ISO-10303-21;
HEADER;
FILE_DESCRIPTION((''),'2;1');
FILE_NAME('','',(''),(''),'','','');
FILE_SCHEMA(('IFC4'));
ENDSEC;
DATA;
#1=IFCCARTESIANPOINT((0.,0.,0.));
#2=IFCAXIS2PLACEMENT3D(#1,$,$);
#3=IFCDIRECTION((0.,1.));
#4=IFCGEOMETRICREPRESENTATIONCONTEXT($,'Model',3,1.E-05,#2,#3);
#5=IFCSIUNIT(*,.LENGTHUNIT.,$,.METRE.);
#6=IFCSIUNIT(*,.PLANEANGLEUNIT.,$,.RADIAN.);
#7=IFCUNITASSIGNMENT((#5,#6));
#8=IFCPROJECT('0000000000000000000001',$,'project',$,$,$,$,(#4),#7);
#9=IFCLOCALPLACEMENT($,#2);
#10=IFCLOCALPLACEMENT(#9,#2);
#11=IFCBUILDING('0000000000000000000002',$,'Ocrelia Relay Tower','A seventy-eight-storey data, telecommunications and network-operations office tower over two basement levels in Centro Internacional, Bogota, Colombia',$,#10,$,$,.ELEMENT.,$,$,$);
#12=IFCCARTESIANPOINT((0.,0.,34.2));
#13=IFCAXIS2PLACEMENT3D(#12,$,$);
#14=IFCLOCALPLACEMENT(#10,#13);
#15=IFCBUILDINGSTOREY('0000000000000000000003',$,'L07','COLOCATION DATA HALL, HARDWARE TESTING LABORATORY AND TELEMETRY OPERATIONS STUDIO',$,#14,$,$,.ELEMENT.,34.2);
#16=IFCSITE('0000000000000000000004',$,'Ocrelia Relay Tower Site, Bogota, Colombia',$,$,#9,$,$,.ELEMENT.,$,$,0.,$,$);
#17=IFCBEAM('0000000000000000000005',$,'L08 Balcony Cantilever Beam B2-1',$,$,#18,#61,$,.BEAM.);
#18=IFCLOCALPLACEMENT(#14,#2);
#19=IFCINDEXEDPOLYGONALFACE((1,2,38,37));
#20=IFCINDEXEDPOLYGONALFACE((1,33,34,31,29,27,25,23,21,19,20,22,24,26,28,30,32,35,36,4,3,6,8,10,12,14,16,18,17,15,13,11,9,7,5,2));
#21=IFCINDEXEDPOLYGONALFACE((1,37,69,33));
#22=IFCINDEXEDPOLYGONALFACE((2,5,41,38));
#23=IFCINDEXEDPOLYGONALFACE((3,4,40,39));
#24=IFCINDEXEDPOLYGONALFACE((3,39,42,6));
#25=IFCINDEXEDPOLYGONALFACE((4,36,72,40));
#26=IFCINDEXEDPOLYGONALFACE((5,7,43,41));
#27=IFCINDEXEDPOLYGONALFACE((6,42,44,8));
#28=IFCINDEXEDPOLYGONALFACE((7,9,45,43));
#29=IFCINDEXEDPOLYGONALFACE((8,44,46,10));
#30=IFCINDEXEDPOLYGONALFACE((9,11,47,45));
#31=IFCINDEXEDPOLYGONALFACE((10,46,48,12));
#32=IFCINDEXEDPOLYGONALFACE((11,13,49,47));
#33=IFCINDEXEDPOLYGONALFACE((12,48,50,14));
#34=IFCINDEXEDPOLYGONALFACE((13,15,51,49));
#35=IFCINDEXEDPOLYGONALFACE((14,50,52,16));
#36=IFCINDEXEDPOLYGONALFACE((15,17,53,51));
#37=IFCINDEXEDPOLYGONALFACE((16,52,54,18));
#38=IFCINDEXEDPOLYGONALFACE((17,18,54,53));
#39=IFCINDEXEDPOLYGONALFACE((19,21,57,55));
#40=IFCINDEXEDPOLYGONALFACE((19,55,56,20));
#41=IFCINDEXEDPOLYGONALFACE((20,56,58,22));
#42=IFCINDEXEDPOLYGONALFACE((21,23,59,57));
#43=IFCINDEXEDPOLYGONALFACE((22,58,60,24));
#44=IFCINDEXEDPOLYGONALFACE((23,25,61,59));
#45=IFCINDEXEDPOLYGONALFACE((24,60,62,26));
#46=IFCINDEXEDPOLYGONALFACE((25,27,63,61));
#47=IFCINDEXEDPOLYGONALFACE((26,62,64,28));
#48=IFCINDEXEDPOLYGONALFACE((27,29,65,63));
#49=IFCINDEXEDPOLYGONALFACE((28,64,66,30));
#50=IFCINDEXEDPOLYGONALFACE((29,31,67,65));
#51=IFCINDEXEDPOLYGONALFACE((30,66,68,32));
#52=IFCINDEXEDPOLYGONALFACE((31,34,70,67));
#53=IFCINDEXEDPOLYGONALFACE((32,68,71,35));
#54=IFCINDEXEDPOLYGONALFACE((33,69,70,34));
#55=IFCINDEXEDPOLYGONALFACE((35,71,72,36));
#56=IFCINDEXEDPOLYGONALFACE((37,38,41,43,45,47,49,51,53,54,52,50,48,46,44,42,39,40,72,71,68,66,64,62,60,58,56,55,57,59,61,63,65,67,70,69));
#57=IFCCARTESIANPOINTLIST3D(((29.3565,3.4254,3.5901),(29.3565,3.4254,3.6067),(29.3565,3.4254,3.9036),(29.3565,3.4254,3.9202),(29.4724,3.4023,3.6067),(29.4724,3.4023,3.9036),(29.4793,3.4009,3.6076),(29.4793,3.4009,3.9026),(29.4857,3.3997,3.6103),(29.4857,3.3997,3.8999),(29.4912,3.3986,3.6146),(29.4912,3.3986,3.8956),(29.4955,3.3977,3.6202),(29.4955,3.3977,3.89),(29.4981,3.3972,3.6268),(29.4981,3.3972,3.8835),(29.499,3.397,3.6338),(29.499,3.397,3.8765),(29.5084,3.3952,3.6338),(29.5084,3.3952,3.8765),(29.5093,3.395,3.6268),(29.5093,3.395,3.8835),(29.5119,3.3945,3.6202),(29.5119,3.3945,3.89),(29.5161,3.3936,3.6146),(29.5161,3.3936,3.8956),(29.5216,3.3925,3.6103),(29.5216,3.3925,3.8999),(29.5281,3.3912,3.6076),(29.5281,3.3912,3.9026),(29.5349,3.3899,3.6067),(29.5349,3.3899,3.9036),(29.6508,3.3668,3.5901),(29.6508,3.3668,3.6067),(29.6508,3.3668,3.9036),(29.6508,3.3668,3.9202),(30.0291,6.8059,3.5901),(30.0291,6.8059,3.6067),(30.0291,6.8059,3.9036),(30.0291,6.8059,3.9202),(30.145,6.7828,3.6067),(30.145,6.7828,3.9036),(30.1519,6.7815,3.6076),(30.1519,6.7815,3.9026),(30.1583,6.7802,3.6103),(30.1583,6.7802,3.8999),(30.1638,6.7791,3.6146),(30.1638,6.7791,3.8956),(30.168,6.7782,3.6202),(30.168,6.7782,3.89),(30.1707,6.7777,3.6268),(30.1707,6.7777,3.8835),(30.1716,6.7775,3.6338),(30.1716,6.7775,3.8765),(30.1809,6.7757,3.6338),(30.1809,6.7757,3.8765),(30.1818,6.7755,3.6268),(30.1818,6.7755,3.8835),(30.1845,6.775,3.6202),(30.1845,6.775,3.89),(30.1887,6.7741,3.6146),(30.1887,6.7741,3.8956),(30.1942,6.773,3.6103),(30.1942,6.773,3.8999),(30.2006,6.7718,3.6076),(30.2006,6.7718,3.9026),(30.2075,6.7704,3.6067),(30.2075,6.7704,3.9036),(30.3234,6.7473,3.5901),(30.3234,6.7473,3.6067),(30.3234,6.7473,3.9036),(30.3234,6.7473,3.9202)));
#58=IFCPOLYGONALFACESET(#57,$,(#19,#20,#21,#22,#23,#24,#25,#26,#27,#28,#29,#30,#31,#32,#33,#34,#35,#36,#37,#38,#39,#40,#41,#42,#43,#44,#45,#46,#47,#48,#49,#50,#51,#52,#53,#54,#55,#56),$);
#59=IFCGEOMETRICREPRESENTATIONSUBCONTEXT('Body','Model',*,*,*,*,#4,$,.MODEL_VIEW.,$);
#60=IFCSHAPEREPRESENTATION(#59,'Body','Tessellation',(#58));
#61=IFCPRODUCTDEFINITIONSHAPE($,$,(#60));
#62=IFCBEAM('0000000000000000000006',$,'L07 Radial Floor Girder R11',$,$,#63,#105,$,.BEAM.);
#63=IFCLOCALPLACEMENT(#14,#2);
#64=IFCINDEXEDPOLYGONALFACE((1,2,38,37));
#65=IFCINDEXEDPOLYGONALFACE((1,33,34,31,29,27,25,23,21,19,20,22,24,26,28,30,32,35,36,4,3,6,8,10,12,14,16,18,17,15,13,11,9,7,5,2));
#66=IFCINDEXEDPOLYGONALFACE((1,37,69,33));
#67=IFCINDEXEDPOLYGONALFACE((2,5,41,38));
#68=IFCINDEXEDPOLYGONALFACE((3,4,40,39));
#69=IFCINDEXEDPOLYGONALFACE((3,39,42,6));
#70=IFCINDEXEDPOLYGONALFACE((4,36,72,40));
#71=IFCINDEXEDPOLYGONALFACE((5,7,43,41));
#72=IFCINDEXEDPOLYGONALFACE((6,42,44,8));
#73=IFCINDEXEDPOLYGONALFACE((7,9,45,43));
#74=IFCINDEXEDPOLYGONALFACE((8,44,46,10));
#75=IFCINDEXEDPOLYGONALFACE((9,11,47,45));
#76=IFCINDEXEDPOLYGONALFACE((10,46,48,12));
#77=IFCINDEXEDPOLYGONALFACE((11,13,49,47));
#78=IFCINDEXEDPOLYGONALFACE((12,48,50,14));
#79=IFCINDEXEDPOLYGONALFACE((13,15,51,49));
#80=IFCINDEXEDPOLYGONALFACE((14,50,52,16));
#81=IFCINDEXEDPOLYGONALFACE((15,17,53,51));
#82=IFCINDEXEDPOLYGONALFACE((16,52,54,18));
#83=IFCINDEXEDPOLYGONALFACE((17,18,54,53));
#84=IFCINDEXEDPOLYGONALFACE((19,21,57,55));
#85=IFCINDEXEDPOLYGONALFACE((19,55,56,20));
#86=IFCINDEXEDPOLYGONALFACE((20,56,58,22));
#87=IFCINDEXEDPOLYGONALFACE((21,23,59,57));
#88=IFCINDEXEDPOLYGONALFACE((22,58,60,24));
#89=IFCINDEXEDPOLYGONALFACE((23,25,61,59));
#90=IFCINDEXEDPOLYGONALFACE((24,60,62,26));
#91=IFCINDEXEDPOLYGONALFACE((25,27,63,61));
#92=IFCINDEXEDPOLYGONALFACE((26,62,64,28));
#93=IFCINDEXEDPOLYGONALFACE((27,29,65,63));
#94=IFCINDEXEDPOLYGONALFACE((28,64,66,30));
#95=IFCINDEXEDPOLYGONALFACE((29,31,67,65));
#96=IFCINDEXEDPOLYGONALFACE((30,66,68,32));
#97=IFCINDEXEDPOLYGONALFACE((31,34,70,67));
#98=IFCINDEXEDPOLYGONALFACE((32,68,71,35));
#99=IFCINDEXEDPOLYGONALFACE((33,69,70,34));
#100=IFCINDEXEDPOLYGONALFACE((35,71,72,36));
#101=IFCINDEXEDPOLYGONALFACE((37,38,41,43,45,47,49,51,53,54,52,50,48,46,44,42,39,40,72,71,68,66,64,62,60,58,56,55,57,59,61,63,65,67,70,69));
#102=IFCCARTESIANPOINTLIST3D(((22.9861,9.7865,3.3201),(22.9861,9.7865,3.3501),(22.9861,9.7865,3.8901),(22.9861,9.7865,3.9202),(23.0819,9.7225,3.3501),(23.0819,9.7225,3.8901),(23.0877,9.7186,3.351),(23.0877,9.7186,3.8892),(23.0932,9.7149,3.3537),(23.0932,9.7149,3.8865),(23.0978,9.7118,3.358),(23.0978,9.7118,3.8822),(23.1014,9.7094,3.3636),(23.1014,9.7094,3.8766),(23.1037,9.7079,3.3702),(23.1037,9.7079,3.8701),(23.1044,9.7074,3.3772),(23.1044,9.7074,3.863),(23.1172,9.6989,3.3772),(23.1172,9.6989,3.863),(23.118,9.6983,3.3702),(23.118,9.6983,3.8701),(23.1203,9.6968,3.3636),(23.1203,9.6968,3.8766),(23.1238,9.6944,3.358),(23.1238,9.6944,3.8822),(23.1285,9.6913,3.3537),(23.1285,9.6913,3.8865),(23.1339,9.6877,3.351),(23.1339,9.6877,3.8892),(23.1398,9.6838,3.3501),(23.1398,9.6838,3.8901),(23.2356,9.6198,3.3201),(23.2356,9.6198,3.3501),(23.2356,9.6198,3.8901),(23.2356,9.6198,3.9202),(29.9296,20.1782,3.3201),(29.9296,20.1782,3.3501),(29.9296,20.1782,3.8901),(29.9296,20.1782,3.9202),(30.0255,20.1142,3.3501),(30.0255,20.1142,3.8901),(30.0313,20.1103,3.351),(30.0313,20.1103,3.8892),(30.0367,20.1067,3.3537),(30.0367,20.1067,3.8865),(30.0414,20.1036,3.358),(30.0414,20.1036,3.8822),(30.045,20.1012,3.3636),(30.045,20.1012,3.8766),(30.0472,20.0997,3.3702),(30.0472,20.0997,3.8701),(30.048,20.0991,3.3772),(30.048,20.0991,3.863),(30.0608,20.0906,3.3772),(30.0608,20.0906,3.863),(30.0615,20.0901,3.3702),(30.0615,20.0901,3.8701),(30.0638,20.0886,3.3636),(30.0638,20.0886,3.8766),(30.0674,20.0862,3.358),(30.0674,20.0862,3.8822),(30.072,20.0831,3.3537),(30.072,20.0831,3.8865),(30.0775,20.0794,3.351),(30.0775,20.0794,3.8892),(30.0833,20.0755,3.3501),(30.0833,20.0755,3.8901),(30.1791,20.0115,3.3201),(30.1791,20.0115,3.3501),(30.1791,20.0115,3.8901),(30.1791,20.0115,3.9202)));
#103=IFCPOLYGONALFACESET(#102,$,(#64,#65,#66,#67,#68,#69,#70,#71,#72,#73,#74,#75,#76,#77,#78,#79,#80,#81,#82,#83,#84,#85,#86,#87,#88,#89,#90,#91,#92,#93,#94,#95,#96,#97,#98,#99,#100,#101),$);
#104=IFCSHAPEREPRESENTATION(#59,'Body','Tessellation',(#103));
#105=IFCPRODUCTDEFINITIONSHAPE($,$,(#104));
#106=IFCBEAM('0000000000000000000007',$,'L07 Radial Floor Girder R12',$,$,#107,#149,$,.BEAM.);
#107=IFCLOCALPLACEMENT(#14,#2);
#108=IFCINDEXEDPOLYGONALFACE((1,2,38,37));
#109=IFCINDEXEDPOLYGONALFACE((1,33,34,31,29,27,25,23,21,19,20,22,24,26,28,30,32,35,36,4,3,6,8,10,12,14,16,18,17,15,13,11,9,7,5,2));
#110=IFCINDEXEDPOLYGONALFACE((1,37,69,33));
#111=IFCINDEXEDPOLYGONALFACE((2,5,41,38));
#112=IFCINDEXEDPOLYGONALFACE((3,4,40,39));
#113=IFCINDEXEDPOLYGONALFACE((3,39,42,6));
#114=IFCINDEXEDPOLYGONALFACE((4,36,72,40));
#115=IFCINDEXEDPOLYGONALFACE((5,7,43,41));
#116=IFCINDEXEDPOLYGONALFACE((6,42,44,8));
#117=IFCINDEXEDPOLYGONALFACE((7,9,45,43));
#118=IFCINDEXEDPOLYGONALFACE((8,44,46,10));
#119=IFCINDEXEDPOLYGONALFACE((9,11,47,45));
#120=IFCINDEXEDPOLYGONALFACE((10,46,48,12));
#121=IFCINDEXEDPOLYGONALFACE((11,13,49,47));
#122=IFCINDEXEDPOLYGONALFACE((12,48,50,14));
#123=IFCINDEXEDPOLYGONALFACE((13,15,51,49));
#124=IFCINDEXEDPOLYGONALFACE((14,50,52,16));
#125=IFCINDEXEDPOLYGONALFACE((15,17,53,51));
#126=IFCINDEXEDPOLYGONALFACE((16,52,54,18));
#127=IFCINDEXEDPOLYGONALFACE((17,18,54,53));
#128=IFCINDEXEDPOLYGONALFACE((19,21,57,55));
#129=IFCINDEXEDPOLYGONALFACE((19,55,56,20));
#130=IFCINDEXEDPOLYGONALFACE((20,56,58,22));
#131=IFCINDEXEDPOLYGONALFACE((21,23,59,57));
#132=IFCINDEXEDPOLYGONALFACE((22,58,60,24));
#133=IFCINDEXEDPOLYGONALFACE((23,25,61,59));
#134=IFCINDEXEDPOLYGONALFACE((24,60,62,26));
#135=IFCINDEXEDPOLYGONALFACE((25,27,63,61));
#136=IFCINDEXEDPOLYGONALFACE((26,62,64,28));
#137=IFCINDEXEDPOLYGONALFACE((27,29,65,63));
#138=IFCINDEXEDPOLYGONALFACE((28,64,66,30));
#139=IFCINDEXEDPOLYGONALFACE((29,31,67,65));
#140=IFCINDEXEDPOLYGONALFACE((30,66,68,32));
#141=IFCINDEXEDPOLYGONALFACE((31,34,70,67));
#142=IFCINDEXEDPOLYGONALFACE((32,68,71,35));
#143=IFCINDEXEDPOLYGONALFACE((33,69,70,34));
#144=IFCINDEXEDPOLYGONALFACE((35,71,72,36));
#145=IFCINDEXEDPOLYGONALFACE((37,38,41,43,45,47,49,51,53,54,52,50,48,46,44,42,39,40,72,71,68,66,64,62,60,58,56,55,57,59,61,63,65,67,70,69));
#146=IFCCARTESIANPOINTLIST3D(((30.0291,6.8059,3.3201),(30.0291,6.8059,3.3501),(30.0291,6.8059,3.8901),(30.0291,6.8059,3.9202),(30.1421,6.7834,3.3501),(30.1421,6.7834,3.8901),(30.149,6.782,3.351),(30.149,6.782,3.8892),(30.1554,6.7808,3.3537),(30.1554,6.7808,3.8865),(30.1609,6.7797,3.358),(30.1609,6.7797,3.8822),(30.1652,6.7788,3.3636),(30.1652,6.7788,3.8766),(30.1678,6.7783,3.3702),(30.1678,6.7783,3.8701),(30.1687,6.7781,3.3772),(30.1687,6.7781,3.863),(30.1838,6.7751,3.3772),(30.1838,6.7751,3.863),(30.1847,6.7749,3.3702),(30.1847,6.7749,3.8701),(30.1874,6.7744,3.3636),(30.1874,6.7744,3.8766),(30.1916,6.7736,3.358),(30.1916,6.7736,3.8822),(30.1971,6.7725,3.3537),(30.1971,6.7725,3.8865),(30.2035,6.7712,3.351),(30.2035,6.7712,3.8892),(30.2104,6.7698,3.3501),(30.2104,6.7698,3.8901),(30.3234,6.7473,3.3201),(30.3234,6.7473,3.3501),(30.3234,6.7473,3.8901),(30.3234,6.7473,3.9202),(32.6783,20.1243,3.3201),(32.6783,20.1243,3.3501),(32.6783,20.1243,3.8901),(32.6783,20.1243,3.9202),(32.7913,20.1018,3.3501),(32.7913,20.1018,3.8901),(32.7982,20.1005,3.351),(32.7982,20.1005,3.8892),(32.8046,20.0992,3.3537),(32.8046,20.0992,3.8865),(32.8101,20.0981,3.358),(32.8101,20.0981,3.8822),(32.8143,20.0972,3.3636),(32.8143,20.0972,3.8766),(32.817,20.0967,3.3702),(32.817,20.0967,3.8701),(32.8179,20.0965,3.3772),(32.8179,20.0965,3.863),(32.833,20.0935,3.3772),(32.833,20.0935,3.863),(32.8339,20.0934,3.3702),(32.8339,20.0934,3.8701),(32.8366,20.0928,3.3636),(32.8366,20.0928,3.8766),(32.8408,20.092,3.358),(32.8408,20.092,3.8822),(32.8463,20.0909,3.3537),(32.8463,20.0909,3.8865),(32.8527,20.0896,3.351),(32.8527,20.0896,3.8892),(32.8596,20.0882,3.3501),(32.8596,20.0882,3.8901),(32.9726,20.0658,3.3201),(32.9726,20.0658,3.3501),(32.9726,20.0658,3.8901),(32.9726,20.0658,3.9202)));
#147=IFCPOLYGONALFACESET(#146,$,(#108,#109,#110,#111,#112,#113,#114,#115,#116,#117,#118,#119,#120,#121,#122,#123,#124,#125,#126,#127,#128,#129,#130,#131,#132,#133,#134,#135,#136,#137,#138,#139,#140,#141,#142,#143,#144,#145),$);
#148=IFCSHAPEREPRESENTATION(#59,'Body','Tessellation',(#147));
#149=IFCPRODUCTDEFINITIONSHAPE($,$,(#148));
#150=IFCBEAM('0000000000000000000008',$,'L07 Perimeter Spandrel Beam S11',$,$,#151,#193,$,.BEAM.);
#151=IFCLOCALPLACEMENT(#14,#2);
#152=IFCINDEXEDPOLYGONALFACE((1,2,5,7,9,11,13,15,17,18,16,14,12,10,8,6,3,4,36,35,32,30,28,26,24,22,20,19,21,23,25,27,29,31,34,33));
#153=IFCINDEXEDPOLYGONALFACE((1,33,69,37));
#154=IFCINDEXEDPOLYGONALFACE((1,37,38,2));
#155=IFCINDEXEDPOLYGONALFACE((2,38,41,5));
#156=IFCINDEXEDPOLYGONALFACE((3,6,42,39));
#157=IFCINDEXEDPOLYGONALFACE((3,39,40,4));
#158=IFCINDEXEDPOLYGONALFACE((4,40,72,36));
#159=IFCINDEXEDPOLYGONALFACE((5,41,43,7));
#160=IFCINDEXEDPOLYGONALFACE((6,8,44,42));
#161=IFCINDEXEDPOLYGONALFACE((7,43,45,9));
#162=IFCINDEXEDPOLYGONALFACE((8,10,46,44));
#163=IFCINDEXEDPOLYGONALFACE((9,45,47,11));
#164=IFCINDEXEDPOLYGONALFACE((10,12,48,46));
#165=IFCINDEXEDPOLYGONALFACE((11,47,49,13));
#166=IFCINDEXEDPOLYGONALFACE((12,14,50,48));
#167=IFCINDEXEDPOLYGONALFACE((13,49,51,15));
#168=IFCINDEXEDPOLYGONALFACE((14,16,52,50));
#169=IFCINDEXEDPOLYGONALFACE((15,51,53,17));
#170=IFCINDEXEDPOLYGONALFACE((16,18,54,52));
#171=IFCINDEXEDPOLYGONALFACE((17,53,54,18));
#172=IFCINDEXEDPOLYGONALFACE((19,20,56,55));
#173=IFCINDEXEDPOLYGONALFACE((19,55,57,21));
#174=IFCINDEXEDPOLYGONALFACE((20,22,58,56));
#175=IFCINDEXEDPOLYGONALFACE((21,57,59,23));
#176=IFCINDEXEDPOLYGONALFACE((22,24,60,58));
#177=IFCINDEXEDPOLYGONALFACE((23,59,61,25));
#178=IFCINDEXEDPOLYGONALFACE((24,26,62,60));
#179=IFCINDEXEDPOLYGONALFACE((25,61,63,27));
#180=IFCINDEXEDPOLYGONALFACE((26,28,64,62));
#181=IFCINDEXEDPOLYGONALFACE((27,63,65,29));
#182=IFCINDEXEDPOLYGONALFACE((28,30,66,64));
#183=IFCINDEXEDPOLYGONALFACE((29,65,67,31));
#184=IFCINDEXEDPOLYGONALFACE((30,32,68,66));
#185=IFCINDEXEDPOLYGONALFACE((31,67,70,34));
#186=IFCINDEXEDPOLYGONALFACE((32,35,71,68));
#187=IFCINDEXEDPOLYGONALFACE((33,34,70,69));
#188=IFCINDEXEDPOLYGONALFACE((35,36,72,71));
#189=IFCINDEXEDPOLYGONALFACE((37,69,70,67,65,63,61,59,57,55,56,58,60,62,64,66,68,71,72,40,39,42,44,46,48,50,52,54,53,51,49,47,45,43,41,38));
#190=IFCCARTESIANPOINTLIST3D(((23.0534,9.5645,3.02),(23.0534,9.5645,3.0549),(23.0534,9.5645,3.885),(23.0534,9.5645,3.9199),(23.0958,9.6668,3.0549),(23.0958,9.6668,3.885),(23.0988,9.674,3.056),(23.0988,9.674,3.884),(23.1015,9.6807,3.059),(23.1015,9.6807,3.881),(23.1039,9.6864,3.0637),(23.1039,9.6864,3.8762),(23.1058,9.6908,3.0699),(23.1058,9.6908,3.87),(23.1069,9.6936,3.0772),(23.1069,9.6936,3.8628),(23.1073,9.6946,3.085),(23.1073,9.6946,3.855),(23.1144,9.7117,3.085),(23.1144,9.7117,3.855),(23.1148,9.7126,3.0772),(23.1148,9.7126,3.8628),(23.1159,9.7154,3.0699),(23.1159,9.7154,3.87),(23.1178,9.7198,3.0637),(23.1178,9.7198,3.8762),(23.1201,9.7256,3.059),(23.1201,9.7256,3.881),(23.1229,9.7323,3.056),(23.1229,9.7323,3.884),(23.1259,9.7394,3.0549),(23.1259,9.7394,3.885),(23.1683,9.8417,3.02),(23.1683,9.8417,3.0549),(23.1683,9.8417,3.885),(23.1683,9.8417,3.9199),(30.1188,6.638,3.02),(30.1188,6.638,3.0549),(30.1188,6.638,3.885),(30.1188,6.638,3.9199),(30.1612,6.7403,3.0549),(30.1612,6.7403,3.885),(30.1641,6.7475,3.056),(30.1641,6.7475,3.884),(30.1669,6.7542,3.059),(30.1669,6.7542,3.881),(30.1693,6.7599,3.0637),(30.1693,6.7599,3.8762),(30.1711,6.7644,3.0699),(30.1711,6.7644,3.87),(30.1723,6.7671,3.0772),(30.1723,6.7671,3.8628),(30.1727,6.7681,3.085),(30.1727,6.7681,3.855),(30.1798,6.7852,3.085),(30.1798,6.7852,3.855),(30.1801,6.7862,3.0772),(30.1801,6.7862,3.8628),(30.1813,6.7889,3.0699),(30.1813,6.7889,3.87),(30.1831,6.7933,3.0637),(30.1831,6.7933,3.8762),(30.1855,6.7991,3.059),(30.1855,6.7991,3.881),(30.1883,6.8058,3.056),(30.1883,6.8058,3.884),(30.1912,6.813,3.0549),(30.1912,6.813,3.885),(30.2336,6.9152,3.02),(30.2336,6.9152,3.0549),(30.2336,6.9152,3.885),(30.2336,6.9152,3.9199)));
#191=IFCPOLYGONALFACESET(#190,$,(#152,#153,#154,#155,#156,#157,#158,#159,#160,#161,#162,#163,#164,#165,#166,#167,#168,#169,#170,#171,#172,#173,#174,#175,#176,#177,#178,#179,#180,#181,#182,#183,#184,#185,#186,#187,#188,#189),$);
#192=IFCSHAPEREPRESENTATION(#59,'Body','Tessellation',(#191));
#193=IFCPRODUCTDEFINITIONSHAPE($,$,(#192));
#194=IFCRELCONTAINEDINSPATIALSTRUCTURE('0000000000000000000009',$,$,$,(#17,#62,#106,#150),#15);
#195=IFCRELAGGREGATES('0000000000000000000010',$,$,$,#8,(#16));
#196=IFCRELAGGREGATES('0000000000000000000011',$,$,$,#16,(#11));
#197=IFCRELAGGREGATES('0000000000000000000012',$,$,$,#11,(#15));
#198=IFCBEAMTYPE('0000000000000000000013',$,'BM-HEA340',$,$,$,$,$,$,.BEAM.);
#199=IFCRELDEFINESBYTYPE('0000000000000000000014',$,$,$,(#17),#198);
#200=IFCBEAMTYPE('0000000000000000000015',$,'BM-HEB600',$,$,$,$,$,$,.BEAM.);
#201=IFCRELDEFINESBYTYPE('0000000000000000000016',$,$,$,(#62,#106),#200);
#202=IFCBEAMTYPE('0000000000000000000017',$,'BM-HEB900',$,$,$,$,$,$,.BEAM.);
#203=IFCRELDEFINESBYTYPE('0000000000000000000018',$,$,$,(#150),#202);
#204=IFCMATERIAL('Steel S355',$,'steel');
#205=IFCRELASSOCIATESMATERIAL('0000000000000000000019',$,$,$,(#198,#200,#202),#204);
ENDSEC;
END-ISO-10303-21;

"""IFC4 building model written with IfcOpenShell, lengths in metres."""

from ifc_helpers import new_model, si_unit, direction, frame, origin, origin_2d, place, context, subcontext, project, spatial, i_section, extrude, material, material_profile, profile_set, type_object, element, save


model = new_model("IFC4")

# Units and contexts
model_context = context("Model", 3, precision=1e-05, world=origin(), true_north=direction((0.0, 1.0)))
body_context = subcontext(model_context, "Body", "Model", "MODEL_VIEW")
ifc_project = project(units=[si_unit("LENGTHUNIT", "METRE"), si_unit("PLANEANGLEUNIT", "RADIAN")], contexts=[model_context])

# Site, building, storey
site_placement = place(None, origin())
site = spatial("IfcSite", under=ifc_project, at=site_placement, Name="Ocrelia Relay Tower Site, Bogota, Colombia", CompositionType="ELEMENT", RefElevation=0.0)
building_placement = place(site_placement, origin())
building = spatial("IfcBuilding", under=site, at=building_placement, Name="Ocrelia Relay Tower", Description="A seventy-eight-storey data, telecommunications and network-operations office tower over two basement levels in Centro Internacional, Bogota, Colombia", CompositionType="ELEMENT")
storey_placement = place(building_placement, frame((0.0, 0.0, 34.2)))
storey = spatial("IfcBuildingStorey", under=building, at=storey_placement, Name="L07", Description="COLOCATION DATA HALL, HARDWARE TESTING LABORATORY AND TELEMETRY OPERATIONS STUDIO", CompositionType="ELEMENT", Elevation=34.2)

# Beams
ifc_material_1 = material(Name="Steel S355", Category="steel")
ifc_material_profile_1 = material_profile(ifc_material_1, i_section(OverallWidth=0.3, OverallDepth=0.3301, WebThickness=0.0095, FlangeThickness=0.0166, FilletRadius=0.0271, at=origin_2d()), Name="HEA 340")
ifc_profile_set_1 = profile_set([ifc_material_profile_1], Name="Steel S355")
beam_type_1 = type_object("IfcBeamType", Name="BM-HEA340", PredefinedType="BEAM", material=ifc_profile_set_1)
beam_1_placement = place(storey_placement, frame((30.1763, 6.7766, 3.7551), z_axis=(-0.195135, -0.980776, 0.0), x_axis=(0.980776, -0.195135, 0.0)))
element("IfcBeam", 1, at=beam_1_placement, inside=storey, type_object=beam_type_1, Name="L08 Balcony Cantilever Beam B2-1", PredefinedType="BEAM", context=body_context, shape_type="SweptSolid", body=[
    extrude(i_section(OverallWidth=0.3, OverallDepth=0.3301, WebThickness=0.0095, FlangeThickness=0.0166, FilletRadius=0.0271, at=origin_2d()), origin(), (0.0, 0.0, 1.0), 3.4468),
])
ifc_material_profile_2 = material_profile(ifc_material_1, i_section(OverallWidth=0.3, OverallDepth=0.6001, WebThickness=0.0154, FlangeThickness=0.03, FilletRadius=0.0271, at=origin_2d()), Name="HEB 600")
ifc_profile_set_2 = profile_set([ifc_material_profile_2], Name="Steel S355")
beam_type_2 = type_object("IfcBeamType", Name="BM-HEB600", PredefinedType="BEAM", material=ifc_profile_set_2)
beam_2_placement = place(storey_placement, frame((23.1108, 9.7031, 3.6201), z_axis=(0.55557, 0.83147, 0.0), x_axis=(-0.83147, 0.55557, 0.0)))
element("IfcBeam", 2, at=beam_2_placement, inside=storey, type_object=beam_type_2, Name="L07 Radial Floor Girder R11", PredefinedType="BEAM", context=body_context, shape_type="SweptSolid", body=[
    extrude(i_section(OverallWidth=0.3, OverallDepth=0.6001, WebThickness=0.0154, FlangeThickness=0.03, FilletRadius=0.0271, at=origin_2d()), origin(), (0.0, 0.0, 1.0), 12.498),
])
beam_3_placement = place(storey_placement, frame((30.1763, 6.7766, 3.6201), z_axis=(0.195089, 0.980786, 0.0), x_axis=(-0.980786, 0.195089, 0.0)))
element("IfcBeam", 3, at=beam_3_placement, inside=storey, type_object=beam_type_2, Name="L07 Radial Floor Girder R12", PredefinedType="BEAM", context=body_context, shape_type="SweptSolid", body=[
    extrude(i_section(OverallWidth=0.3, OverallDepth=0.6001, WebThickness=0.0154, FlangeThickness=0.03, FilletRadius=0.0271, at=origin_2d()), origin(), (0.0, 0.0, 1.0), 13.5793),
])
ifc_material_profile_3 = material_profile(ifc_material_1, i_section(OverallWidth=0.3, OverallDepth=0.8999, WebThickness=0.0186, FlangeThickness=0.0349, FilletRadius=0.03, at=origin_2d()), Name="HEB 900")
ifc_profile_set_3 = profile_set([ifc_material_profile_3], Name="Steel S355")
beam_type_3 = type_object("IfcBeamType", Name="BM-HEB900", PredefinedType="BEAM", material=ifc_profile_set_3)
for number, where, z_axis, x_axis, name in (
    (4, (23.1108, 9.7031, 3.47), (0.923883, -0.382674, 0.0), (0.382674, 0.923883, 0.0), "L07 Perimeter Spandrel Beam S11"),
):
    element("IfcBeam", number, at=place(storey_placement, frame(where, z_axis=z_axis, x_axis=x_axis)), inside=storey, type_object=beam_type_3, Name=name, PredefinedType="BEAM", context=body_context, shape_type="SweptSolid", body=[
        extrude(i_section(OverallWidth=0.3, OverallDepth=0.8999, WebThickness=0.0186, FlangeThickness=0.0349, FilletRadius=0.03, at=origin_2d()), origin(), (0.0, 0.0, 1.0), 7.6475),
    ])

save(model, "model.ifc")
